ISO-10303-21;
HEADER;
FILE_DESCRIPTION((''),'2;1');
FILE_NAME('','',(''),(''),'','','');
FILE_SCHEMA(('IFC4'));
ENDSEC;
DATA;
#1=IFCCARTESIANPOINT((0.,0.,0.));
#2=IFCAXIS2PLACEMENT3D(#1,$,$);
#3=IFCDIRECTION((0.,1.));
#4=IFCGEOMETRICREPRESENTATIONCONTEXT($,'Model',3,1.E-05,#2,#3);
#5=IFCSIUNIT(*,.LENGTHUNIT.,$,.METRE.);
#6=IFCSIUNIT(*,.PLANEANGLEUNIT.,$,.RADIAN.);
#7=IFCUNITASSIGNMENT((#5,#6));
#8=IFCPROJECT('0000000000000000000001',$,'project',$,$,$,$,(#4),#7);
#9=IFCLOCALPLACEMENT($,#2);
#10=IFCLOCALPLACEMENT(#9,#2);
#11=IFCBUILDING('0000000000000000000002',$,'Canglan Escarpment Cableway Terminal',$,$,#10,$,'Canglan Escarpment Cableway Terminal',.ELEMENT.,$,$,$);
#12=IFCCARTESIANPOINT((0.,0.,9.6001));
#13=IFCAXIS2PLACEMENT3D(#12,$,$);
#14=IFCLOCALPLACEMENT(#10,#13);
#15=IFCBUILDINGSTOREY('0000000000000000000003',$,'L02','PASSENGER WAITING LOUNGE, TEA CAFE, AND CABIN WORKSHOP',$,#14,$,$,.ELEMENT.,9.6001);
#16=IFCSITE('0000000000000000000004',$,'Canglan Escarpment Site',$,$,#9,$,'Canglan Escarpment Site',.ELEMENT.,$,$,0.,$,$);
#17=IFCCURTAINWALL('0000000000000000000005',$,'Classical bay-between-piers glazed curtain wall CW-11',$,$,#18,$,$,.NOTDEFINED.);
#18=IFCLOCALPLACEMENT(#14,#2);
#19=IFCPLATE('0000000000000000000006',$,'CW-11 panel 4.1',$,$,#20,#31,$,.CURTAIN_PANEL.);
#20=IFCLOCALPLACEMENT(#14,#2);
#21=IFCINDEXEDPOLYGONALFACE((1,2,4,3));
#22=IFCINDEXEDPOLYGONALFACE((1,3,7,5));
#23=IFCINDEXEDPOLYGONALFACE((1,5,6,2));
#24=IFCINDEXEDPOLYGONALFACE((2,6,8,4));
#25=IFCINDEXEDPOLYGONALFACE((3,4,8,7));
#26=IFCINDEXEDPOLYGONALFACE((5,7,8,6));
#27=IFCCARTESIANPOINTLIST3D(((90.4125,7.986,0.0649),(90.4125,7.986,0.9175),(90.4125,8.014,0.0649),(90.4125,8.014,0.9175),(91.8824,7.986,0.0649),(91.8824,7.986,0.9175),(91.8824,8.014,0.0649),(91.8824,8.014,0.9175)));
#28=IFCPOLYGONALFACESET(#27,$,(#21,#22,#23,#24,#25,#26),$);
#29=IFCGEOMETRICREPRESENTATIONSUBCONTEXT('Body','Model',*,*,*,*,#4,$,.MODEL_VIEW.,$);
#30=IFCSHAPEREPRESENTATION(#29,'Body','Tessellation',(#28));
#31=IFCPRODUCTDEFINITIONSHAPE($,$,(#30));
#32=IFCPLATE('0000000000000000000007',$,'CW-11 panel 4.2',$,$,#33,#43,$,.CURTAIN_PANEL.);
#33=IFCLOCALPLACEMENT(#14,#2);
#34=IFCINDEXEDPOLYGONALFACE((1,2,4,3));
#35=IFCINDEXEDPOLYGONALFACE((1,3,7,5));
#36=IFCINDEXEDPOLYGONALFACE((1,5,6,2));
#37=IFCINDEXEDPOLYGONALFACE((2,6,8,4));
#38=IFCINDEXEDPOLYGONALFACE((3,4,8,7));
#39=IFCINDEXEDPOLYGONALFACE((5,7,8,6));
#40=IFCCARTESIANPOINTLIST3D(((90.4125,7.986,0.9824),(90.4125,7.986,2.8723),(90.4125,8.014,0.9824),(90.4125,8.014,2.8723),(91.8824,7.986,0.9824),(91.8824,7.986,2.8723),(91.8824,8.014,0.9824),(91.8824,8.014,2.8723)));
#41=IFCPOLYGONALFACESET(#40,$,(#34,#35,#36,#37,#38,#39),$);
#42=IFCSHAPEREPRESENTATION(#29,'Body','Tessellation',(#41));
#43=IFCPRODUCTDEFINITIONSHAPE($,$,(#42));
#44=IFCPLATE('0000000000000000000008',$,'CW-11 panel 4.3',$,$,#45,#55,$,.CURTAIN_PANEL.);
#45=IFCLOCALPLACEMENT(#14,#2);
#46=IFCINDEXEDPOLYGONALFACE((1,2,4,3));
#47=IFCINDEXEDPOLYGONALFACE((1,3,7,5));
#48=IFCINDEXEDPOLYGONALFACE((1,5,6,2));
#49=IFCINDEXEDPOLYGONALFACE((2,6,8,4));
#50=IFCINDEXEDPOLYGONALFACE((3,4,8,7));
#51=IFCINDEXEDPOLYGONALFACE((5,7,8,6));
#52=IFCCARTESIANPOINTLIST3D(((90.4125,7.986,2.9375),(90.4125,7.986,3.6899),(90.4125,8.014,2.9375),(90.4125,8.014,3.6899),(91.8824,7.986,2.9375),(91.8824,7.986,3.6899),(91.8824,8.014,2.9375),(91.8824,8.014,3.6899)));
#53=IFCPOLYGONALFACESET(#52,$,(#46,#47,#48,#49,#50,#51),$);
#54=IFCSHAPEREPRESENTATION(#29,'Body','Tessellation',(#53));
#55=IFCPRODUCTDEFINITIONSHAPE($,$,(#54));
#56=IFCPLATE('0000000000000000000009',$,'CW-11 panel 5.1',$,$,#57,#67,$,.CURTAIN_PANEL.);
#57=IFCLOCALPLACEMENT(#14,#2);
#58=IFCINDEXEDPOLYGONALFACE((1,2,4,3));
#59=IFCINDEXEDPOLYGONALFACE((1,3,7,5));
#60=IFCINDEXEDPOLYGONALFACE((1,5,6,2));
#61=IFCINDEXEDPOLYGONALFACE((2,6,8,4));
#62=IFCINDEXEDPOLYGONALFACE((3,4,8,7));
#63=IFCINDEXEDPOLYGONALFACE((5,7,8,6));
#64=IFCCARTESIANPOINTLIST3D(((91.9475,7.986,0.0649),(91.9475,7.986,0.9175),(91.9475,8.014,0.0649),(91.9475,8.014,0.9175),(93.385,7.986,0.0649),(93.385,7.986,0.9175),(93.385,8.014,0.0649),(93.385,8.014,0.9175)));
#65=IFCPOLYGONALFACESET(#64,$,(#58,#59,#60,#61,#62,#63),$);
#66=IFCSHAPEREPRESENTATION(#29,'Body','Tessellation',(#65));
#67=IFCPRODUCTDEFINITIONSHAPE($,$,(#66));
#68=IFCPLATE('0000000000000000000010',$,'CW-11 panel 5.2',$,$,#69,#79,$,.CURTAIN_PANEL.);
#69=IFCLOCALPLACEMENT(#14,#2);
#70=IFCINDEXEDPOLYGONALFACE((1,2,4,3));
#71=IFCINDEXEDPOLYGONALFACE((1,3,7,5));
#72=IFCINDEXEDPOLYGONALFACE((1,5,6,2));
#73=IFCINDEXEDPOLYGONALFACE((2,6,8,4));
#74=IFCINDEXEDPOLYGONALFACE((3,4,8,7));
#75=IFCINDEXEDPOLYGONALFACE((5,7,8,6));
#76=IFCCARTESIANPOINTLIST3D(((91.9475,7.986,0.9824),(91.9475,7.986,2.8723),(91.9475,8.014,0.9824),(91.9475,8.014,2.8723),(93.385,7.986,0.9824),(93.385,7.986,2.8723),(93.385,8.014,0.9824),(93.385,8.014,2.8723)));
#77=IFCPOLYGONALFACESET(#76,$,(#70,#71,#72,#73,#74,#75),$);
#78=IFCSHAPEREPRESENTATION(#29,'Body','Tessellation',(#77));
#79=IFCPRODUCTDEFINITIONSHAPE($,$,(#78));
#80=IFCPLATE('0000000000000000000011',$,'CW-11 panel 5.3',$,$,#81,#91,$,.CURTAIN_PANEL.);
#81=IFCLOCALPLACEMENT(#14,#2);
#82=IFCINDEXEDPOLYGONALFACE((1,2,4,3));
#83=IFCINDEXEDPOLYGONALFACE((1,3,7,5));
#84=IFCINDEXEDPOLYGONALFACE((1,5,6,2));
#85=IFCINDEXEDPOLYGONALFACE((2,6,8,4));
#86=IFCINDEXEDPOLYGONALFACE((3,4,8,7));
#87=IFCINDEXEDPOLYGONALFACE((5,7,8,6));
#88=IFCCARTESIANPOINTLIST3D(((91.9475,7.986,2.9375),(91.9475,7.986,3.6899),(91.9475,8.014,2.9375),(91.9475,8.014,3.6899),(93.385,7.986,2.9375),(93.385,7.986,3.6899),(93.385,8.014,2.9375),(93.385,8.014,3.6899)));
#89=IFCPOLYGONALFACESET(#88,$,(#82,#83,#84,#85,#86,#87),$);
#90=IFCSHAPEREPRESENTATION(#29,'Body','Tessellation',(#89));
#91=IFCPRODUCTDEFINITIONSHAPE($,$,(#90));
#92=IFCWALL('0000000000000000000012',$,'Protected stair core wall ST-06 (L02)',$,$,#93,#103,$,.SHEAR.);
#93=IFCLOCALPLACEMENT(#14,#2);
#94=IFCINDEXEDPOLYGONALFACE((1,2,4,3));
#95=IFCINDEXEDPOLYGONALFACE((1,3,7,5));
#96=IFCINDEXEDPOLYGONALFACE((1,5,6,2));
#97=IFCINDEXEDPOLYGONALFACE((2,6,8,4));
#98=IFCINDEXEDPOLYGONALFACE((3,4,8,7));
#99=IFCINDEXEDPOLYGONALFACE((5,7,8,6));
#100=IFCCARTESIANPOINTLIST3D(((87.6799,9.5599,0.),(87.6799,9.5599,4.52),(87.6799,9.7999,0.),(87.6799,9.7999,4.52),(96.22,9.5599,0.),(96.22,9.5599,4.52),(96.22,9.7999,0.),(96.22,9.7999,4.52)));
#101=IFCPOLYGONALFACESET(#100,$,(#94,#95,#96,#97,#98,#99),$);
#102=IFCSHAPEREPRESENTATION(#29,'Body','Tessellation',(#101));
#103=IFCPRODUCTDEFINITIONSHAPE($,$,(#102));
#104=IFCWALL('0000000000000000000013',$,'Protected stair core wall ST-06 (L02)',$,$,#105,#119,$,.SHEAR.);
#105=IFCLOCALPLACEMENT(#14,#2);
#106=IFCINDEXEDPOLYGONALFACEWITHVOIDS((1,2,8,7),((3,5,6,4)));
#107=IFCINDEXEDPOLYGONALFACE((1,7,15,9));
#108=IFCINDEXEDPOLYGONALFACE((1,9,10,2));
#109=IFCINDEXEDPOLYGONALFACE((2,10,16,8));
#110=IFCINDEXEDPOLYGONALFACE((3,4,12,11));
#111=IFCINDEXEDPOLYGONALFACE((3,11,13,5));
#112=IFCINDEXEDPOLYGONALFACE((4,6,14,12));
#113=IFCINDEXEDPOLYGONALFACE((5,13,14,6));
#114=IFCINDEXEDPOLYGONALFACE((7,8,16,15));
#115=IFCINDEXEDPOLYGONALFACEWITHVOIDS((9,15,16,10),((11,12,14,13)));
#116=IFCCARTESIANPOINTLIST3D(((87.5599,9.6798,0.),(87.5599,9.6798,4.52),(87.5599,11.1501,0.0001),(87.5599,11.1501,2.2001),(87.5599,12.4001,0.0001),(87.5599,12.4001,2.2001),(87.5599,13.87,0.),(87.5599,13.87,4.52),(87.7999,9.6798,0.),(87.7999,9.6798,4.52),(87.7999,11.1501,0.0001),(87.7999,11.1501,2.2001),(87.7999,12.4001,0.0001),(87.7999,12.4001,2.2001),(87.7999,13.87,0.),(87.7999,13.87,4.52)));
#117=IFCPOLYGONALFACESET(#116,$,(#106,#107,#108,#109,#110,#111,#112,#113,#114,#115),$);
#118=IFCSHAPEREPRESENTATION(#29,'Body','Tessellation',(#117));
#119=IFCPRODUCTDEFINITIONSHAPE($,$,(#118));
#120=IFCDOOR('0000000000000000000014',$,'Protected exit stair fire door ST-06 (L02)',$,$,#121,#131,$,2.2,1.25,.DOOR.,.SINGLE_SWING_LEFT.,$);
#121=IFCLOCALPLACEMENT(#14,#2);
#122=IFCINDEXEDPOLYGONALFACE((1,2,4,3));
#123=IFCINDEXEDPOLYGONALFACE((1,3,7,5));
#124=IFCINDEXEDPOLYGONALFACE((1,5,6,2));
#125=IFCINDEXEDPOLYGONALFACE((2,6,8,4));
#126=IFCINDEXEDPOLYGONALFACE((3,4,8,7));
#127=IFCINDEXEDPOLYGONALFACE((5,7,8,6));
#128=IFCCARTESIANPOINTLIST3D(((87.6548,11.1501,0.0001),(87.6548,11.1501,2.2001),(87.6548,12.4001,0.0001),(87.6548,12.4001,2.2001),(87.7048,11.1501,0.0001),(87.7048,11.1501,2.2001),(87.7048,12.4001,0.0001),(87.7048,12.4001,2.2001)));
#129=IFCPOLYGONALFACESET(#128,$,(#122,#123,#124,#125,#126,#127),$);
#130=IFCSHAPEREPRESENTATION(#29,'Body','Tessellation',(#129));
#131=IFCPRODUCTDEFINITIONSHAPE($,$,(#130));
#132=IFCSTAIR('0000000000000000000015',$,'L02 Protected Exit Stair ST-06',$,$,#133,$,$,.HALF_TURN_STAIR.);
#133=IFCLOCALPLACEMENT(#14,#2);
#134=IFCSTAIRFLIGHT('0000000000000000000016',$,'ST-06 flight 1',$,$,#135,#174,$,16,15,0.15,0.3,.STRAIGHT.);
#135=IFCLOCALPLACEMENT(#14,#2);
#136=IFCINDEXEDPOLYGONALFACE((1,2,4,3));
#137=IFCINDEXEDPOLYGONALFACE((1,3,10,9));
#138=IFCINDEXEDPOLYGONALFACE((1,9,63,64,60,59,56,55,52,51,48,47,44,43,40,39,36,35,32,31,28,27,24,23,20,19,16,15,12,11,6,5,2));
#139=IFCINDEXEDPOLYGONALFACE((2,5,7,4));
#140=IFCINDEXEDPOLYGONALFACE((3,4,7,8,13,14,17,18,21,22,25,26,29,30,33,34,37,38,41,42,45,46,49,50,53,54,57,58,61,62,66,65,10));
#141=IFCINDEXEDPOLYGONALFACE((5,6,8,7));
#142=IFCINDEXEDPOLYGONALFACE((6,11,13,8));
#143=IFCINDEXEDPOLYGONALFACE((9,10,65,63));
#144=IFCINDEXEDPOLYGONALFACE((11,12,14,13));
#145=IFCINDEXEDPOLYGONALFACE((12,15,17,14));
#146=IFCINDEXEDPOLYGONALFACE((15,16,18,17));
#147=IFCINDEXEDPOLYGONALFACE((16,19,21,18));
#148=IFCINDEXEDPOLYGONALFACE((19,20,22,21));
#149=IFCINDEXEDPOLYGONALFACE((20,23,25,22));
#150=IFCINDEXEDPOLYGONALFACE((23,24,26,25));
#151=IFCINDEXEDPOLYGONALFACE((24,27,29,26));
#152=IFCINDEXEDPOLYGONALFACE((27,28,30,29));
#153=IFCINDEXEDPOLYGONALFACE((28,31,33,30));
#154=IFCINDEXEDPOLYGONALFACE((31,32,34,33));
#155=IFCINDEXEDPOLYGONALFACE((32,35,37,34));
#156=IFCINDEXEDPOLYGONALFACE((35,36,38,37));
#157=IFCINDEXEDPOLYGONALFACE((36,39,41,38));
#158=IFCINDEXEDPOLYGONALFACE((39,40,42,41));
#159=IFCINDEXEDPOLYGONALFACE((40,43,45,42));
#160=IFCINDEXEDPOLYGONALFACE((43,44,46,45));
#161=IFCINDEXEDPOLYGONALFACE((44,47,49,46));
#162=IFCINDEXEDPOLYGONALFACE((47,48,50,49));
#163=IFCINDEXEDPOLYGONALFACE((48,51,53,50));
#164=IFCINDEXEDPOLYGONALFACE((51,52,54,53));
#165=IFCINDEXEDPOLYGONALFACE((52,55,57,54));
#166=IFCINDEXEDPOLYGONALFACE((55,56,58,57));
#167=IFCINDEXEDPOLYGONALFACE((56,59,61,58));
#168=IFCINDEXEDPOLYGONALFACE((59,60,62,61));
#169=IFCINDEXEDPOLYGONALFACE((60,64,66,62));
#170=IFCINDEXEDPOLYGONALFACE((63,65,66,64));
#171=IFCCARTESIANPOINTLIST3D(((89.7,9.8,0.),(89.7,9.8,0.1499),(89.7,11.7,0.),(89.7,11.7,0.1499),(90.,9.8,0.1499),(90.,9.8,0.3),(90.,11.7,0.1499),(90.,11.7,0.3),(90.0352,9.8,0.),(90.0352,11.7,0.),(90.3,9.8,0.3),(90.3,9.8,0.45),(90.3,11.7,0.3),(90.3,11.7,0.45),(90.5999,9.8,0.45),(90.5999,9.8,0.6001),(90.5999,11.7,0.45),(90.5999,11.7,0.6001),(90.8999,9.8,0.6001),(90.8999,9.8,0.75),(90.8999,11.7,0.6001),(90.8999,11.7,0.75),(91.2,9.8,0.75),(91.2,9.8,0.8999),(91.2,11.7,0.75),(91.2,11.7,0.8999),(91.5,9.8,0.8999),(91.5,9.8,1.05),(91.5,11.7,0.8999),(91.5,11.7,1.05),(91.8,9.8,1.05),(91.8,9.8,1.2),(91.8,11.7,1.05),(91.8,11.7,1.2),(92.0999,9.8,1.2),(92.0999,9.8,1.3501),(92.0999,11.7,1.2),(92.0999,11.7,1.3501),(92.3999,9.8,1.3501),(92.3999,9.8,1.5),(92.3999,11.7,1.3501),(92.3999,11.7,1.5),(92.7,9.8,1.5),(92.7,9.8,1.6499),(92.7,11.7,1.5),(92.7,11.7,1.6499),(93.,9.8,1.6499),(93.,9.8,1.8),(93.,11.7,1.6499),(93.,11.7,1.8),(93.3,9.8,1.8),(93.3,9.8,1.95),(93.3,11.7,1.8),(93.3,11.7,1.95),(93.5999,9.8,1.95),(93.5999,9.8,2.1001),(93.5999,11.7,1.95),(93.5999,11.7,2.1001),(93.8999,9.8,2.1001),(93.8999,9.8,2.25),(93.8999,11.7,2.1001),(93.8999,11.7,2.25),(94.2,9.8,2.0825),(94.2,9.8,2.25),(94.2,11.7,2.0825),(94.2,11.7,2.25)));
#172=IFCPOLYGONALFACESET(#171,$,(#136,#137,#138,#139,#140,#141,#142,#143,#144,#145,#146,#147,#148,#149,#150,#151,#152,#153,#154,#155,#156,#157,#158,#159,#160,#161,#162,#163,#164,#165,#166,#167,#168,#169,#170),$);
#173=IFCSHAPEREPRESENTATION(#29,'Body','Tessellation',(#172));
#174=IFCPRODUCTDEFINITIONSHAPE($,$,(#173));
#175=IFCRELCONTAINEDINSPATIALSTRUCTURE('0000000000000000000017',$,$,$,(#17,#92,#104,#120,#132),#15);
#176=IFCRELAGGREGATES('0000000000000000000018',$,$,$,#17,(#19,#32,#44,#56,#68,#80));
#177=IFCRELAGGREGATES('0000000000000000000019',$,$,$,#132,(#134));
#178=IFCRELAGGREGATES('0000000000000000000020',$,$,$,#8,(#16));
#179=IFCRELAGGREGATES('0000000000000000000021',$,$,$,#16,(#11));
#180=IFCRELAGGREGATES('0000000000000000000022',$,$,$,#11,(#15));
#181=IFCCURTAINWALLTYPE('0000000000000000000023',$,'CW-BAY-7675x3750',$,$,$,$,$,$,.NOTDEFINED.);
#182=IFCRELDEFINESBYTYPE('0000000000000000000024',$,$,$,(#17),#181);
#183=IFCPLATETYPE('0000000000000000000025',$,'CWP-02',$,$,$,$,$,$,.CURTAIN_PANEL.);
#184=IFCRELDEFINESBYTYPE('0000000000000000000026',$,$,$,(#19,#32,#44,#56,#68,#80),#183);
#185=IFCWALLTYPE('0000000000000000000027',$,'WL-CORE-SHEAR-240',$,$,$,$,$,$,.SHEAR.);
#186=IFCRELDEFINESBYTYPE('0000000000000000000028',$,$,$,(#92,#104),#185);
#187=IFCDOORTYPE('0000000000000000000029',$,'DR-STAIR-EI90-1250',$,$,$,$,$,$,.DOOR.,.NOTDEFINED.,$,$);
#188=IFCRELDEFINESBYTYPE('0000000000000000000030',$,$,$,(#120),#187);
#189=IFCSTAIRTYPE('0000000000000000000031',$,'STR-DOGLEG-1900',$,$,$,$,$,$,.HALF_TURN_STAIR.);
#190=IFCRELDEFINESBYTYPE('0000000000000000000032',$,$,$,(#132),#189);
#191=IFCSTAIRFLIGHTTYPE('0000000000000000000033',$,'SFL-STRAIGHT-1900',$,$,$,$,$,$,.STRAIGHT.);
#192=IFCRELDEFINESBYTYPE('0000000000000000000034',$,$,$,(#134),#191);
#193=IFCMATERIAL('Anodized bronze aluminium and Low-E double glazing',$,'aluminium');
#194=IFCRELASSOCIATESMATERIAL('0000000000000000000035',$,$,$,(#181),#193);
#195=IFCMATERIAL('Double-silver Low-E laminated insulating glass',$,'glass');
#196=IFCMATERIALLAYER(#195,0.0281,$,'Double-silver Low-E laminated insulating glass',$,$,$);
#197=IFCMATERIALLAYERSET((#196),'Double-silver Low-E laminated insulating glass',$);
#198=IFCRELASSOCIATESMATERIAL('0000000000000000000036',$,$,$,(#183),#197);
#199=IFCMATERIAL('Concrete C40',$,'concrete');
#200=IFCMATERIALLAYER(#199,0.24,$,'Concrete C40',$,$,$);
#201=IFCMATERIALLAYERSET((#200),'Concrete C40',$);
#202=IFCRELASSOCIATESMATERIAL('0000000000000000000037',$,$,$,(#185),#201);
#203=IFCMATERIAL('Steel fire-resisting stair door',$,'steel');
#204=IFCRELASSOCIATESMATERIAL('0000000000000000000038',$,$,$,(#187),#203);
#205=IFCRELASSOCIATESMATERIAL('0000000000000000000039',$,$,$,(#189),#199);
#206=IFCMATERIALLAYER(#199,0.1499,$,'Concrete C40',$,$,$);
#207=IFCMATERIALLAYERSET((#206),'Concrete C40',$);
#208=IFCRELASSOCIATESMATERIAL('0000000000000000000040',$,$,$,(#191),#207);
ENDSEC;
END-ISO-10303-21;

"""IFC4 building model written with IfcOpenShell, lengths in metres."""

from ifc_helpers import new_model, si_unit, direction, frame, frame_2d, origin, origin_2d, place, context, subcontext, project, spatial, polyline, rectangle, outline, extrude, material, layer, layer_set, type_object, element, fill, aggregate, save


model = new_model("IFC4")

# Units and contexts
model_context = context("Model", 3, precision=1e-05, world=origin(), true_north=direction((0.0, 1.0)))
body_context = subcontext(model_context, "Body", "Model", "MODEL_VIEW")
ifc_project = project(units=[si_unit("LENGTHUNIT", "METRE"), si_unit("PLANEANGLEUNIT", "RADIAN")], contexts=[model_context])

# Site, building, storey
site_placement = place(None, origin())
site = spatial("IfcSite", under=ifc_project, at=site_placement, Name="Canglan Escarpment Site", LongName="Canglan Escarpment Site", CompositionType="ELEMENT", RefElevation=0.0)
building_placement = place(site_placement, origin())
building = spatial("IfcBuilding", under=site, at=building_placement, Name="Canglan Escarpment Cableway Terminal", LongName="Canglan Escarpment Cableway Terminal", CompositionType="ELEMENT")
storey_placement = place(building_placement, frame((0.0, 0.0, 9.6001)))
storey = spatial("IfcBuildingStorey", under=building, at=storey_placement, Name="L02", Description="PASSENGER WAITING LOUNGE, TEA CAFE, AND CABIN WORKSHOP", CompositionType="ELEMENT", Elevation=9.6001)

# Shared definitions
ifc_material_1 = material(Name="Concrete C40", Category="concrete")

# Curtain wall
ifc_material_2 = material(Name="Anodized bronze aluminium and Low-E double glazing", Category="aluminium")
curtain_wall_type = type_object("IfcCurtainWallType", Name="CW-BAY-7675x3750", PredefinedType="NOTDEFINED", material=ifc_material_2)
curtain_wall_placement = place(storey_placement, origin())
curtain_wall = element("IfcCurtainWall", 1, at=curtain_wall_placement, inside=storey, type_object=curtain_wall_type, Name="Classical bay-between-piers glazed curtain wall CW-11", PredefinedType="NOTDEFINED")

# Plates
ifc_material_3 = material(Name="Double-silver Low-E laminated insulating glass", Category="glass")
ifc_layer_1 = layer(ifc_material_3, 0.0281, Name="Double-silver Low-E laminated insulating glass")
ifc_layer_set_1 = layer_set([ifc_layer_1], Name="Double-silver Low-E laminated insulating glass")
plate_type = type_object("IfcPlateType", Name="CWP-02", PredefinedType="CURTAIN_PANEL", material=ifc_layer_set_1)
plate_1_placement = place(storey_placement, frame((91.1475, 8.0, 0.0649), z_axis=(0.0, 0.0, 1.0), x_axis=(1.0, 0.0, 0.0)))
plate_1 = element("IfcPlate", 2, at=plate_1_placement, type_object=plate_type, Name="CW-11 panel 4.1", PredefinedType="CURTAIN_PANEL", context=body_context, shape_type="SweptSolid", body=[
    extrude(rectangle(XDim=1.47, YDim=0.0281, at=origin_2d()), origin(), (0.0, 0.0, 1.0), 0.8525),
])
plate_2_placement = place(storey_placement, frame((91.1475, 8.0, 0.9824), z_axis=(0.0, 0.0, 1.0), x_axis=(1.0, 0.0, 0.0)))
plate_2 = element("IfcPlate", 3, at=plate_2_placement, type_object=plate_type, Name="CW-11 panel 4.2", PredefinedType="CURTAIN_PANEL", context=body_context, shape_type="SweptSolid", body=[
    extrude(rectangle(XDim=1.47, YDim=0.0281, at=origin_2d()), origin(), (0.0, 0.0, 1.0), 1.8899),
])
plate_3_placement = place(storey_placement, frame((91.1475, 8.0, 2.9375), z_axis=(0.0, 0.0, 1.0), x_axis=(1.0, 0.0, 0.0)))
plate_3 = element("IfcPlate", 4, at=plate_3_placement, type_object=plate_type, Name="CW-11 panel 4.3", PredefinedType="CURTAIN_PANEL", context=body_context, shape_type="SweptSolid", body=[
    extrude(rectangle(XDim=1.47, YDim=0.0281, at=origin_2d()), origin(), (0.0, 0.0, 1.0), 0.7524),
])
plate_4_placement = place(storey_placement, frame((92.6663, 8.0, 0.0649), z_axis=(0.0, 0.0, 1.0), x_axis=(1.0, 0.0, 0.0)))
plate_4 = element("IfcPlate", 5, at=plate_4_placement, type_object=plate_type, Name="CW-11 panel 5.1", PredefinedType="CURTAIN_PANEL", context=body_context, shape_type="SweptSolid", body=[
    extrude(rectangle(XDim=1.4375, YDim=0.0281, at=origin_2d()), origin(), (0.0, 0.0, 1.0), 0.8525),
])
plate_5_placement = place(storey_placement, frame((92.6663, 8.0, 0.9824), z_axis=(0.0, 0.0, 1.0), x_axis=(1.0, 0.0, 0.0)))
plate_5 = element("IfcPlate", 6, at=plate_5_placement, type_object=plate_type, Name="CW-11 panel 5.2", PredefinedType="CURTAIN_PANEL", context=body_context, shape_type="SweptSolid", body=[
    extrude(rectangle(XDim=1.4375, YDim=0.0281, at=origin_2d()), origin(), (0.0, 0.0, 1.0), 1.8899),
])
plate_6_placement = place(storey_placement, frame((92.6663, 8.0, 2.9375), z_axis=(0.0, 0.0, 1.0), x_axis=(1.0, 0.0, 0.0)))
plate_6 = element("IfcPlate", 7, at=plate_6_placement, type_object=plate_type, Name="CW-11 panel 5.3", PredefinedType="CURTAIN_PANEL", context=body_context, shape_type="SweptSolid", body=[
    extrude(rectangle(XDim=1.4375, YDim=0.0281, at=origin_2d()), origin(), (0.0, 0.0, 1.0), 0.7524),
])
aggregate(curtain_wall, [plate_1, plate_2, plate_3, plate_4, plate_5, plate_6])

# Wall
ifc_layer_2 = layer(ifc_material_1, 0.24, Name="Concrete C40")
ifc_layer_set_2 = layer_set([ifc_layer_2], Name="Concrete C40")
wall_type = type_object("IfcWallType", Name="WL-CORE-SHEAR-240", PredefinedType="SHEAR", material=ifc_layer_set_2)
wall_1_placement = place(storey_placement, frame((87.6799, 9.6799, 0.0), z_axis=(0.0, 0.0, 1.0), x_axis=(1.0, 0.0, 0.0)))
element("IfcWall", 8, at=wall_1_placement, inside=storey, type_object=wall_type, Name="Protected stair core wall ST-06 (L02)", PredefinedType="SHEAR", context=body_context, shape_type="SweptSolid", body=[
    extrude(rectangle(XDim=8.54, YDim=0.24, at=frame_2d((4.27, 0.0))), origin(), (0.0, 0.0, 1.0), 4.52),
])

# Wall, opening, door
wall_2_placement = place(storey_placement, frame((87.6799, 13.8701, 0.0), z_axis=(0.0, 0.0, 1.0), x_axis=(0.0, -1.0, 0.0)))
wall_2 = element("IfcWall", 9, at=wall_2_placement, inside=storey, type_object=wall_type, Name="Protected stair core wall ST-06 (L02)", PredefinedType="SHEAR", context=body_context, shape_type="SweptSolid", body=[
    extrude(rectangle(XDim=4.1902, YDim=0.24, at=frame_2d((2.0952, 0.0))), origin(), (0.0, 0.0, 1.0), 4.52),
])
opening_placement = place(wall_2_placement, frame((1.47, 0.0, 0.0)))
opening = element("IfcOpeningElement", 10, at=opening_placement, cuts=wall_2, PredefinedType="OPENING", context=body_context, shape_type="SweptSolid", body=[
    extrude(rectangle(XDim=1.25, YDim=2.2, at=frame_2d((0.625, 1.1001))), frame((0.0, 0.1299, 0.0), z_axis=(0.0, -1.0, 0.0), x_axis=(1.0, 0.0, 0.0)), (0.0, 0.0, 1.0), 0.26),
])
ifc_material_4 = material(Name="Steel fire-resisting stair door", Category="steel")
door_type = type_object("IfcDoorType", Name="DR-STAIR-EI90-1250", OperationType="NOTDEFINED", PredefinedType="DOOR", material=ifc_material_4)
door_placement = place(opening_placement, origin())
door = element("IfcDoor", 11, at=door_placement, inside=storey, type_object=door_type, Name="Protected exit stair fire door ST-06 (L02)", OperationType="SINGLE_SWING_LEFT", OverallHeight=2.2, OverallWidth=1.25, PredefinedType="DOOR", context=body_context, shape_type="SweptSolid", body=[
    extrude(rectangle(XDim=1.25, YDim=2.2, at=frame_2d((0.625, 1.1001))), frame((0.0, 0.0249, 0.0), z_axis=(0.0, -1.0, 0.0), x_axis=(1.0, 0.0, 0.0)), (0.0, 0.0, 1.0), 0.05),
])
fill(opening, door)

# Stair, stair flight
stair_type = type_object("IfcStairType", Name="STR-DOGLEG-1900", PredefinedType="HALF_TURN_STAIR", material=ifc_material_1)
stair_placement = place(storey_placement, origin())
stair = element("IfcStair", 12, at=stair_placement, inside=storey, type_object=stair_type, Name="L02 Protected Exit Stair ST-06", PredefinedType="HALF_TURN_STAIR")
ifc_layer_3 = layer(ifc_material_1, 0.1499, Name="Concrete C40")
ifc_layer_set_3 = layer_set([ifc_layer_3], Name="Concrete C40")
stair_flight_type = type_object("IfcStairFlightType", Name="SFL-STRAIGHT-1900", PredefinedType="STRAIGHT", material=ifc_layer_set_3)
stair_flight_placement = place(storey_placement, frame((89.7, 10.75, 0.0), z_axis=(0.0, 0.0, 1.0), x_axis=(1.0, 0.0, 0.0)))
stair_flight = element("IfcStairFlight", 13, at=stair_flight_placement, type_object=stair_flight_type, Name="ST-06 flight 1", NumberOfRisers=16, NumberOfTreads=15, PredefinedType="STRAIGHT", RiserHeight=0.15, TreadLength=0.3, context=body_context, shape_type="SweptSolid", body=[
    extrude(outline(polyline([(0.0, 0.0), (0.0, 0.1499), (0.3, 0.1499), (0.3, 0.3), (0.6001, 0.3), (0.6001, 0.45), (0.8999, 0.45), (0.8999, 0.6001), (1.2, 0.6001), (1.2, 0.75), (1.5, 0.75), (1.5, 0.8999), (1.8, 0.8999), (1.8, 1.05), (2.1001, 1.05), (2.1001, 1.2), (2.3999, 1.2), (2.3999, 1.3501), (2.7, 1.3501), (2.7, 1.5), (3.0, 1.5), (3.0, 1.6499), (3.3, 1.6499), (3.3, 1.8), (3.6001, 1.8), (3.6001, 1.95), (3.8999, 1.95), (3.8999, 2.1001), (4.2, 2.1001), (4.2, 2.25), (4.5, 2.25), (4.5, 2.3999), (4.5, 2.0825), (0.3352, 0.0), (0.0, 0.0)])), frame((0.0, 0.95, 0.0), z_axis=(0.0, -1.0, 0.0), x_axis=(1.0, 0.0, 0.0)), (0.0, 0.0, 1.0), 1.8999),
])
aggregate(stair, [stair_flight])

save(model, "model.ifc")
